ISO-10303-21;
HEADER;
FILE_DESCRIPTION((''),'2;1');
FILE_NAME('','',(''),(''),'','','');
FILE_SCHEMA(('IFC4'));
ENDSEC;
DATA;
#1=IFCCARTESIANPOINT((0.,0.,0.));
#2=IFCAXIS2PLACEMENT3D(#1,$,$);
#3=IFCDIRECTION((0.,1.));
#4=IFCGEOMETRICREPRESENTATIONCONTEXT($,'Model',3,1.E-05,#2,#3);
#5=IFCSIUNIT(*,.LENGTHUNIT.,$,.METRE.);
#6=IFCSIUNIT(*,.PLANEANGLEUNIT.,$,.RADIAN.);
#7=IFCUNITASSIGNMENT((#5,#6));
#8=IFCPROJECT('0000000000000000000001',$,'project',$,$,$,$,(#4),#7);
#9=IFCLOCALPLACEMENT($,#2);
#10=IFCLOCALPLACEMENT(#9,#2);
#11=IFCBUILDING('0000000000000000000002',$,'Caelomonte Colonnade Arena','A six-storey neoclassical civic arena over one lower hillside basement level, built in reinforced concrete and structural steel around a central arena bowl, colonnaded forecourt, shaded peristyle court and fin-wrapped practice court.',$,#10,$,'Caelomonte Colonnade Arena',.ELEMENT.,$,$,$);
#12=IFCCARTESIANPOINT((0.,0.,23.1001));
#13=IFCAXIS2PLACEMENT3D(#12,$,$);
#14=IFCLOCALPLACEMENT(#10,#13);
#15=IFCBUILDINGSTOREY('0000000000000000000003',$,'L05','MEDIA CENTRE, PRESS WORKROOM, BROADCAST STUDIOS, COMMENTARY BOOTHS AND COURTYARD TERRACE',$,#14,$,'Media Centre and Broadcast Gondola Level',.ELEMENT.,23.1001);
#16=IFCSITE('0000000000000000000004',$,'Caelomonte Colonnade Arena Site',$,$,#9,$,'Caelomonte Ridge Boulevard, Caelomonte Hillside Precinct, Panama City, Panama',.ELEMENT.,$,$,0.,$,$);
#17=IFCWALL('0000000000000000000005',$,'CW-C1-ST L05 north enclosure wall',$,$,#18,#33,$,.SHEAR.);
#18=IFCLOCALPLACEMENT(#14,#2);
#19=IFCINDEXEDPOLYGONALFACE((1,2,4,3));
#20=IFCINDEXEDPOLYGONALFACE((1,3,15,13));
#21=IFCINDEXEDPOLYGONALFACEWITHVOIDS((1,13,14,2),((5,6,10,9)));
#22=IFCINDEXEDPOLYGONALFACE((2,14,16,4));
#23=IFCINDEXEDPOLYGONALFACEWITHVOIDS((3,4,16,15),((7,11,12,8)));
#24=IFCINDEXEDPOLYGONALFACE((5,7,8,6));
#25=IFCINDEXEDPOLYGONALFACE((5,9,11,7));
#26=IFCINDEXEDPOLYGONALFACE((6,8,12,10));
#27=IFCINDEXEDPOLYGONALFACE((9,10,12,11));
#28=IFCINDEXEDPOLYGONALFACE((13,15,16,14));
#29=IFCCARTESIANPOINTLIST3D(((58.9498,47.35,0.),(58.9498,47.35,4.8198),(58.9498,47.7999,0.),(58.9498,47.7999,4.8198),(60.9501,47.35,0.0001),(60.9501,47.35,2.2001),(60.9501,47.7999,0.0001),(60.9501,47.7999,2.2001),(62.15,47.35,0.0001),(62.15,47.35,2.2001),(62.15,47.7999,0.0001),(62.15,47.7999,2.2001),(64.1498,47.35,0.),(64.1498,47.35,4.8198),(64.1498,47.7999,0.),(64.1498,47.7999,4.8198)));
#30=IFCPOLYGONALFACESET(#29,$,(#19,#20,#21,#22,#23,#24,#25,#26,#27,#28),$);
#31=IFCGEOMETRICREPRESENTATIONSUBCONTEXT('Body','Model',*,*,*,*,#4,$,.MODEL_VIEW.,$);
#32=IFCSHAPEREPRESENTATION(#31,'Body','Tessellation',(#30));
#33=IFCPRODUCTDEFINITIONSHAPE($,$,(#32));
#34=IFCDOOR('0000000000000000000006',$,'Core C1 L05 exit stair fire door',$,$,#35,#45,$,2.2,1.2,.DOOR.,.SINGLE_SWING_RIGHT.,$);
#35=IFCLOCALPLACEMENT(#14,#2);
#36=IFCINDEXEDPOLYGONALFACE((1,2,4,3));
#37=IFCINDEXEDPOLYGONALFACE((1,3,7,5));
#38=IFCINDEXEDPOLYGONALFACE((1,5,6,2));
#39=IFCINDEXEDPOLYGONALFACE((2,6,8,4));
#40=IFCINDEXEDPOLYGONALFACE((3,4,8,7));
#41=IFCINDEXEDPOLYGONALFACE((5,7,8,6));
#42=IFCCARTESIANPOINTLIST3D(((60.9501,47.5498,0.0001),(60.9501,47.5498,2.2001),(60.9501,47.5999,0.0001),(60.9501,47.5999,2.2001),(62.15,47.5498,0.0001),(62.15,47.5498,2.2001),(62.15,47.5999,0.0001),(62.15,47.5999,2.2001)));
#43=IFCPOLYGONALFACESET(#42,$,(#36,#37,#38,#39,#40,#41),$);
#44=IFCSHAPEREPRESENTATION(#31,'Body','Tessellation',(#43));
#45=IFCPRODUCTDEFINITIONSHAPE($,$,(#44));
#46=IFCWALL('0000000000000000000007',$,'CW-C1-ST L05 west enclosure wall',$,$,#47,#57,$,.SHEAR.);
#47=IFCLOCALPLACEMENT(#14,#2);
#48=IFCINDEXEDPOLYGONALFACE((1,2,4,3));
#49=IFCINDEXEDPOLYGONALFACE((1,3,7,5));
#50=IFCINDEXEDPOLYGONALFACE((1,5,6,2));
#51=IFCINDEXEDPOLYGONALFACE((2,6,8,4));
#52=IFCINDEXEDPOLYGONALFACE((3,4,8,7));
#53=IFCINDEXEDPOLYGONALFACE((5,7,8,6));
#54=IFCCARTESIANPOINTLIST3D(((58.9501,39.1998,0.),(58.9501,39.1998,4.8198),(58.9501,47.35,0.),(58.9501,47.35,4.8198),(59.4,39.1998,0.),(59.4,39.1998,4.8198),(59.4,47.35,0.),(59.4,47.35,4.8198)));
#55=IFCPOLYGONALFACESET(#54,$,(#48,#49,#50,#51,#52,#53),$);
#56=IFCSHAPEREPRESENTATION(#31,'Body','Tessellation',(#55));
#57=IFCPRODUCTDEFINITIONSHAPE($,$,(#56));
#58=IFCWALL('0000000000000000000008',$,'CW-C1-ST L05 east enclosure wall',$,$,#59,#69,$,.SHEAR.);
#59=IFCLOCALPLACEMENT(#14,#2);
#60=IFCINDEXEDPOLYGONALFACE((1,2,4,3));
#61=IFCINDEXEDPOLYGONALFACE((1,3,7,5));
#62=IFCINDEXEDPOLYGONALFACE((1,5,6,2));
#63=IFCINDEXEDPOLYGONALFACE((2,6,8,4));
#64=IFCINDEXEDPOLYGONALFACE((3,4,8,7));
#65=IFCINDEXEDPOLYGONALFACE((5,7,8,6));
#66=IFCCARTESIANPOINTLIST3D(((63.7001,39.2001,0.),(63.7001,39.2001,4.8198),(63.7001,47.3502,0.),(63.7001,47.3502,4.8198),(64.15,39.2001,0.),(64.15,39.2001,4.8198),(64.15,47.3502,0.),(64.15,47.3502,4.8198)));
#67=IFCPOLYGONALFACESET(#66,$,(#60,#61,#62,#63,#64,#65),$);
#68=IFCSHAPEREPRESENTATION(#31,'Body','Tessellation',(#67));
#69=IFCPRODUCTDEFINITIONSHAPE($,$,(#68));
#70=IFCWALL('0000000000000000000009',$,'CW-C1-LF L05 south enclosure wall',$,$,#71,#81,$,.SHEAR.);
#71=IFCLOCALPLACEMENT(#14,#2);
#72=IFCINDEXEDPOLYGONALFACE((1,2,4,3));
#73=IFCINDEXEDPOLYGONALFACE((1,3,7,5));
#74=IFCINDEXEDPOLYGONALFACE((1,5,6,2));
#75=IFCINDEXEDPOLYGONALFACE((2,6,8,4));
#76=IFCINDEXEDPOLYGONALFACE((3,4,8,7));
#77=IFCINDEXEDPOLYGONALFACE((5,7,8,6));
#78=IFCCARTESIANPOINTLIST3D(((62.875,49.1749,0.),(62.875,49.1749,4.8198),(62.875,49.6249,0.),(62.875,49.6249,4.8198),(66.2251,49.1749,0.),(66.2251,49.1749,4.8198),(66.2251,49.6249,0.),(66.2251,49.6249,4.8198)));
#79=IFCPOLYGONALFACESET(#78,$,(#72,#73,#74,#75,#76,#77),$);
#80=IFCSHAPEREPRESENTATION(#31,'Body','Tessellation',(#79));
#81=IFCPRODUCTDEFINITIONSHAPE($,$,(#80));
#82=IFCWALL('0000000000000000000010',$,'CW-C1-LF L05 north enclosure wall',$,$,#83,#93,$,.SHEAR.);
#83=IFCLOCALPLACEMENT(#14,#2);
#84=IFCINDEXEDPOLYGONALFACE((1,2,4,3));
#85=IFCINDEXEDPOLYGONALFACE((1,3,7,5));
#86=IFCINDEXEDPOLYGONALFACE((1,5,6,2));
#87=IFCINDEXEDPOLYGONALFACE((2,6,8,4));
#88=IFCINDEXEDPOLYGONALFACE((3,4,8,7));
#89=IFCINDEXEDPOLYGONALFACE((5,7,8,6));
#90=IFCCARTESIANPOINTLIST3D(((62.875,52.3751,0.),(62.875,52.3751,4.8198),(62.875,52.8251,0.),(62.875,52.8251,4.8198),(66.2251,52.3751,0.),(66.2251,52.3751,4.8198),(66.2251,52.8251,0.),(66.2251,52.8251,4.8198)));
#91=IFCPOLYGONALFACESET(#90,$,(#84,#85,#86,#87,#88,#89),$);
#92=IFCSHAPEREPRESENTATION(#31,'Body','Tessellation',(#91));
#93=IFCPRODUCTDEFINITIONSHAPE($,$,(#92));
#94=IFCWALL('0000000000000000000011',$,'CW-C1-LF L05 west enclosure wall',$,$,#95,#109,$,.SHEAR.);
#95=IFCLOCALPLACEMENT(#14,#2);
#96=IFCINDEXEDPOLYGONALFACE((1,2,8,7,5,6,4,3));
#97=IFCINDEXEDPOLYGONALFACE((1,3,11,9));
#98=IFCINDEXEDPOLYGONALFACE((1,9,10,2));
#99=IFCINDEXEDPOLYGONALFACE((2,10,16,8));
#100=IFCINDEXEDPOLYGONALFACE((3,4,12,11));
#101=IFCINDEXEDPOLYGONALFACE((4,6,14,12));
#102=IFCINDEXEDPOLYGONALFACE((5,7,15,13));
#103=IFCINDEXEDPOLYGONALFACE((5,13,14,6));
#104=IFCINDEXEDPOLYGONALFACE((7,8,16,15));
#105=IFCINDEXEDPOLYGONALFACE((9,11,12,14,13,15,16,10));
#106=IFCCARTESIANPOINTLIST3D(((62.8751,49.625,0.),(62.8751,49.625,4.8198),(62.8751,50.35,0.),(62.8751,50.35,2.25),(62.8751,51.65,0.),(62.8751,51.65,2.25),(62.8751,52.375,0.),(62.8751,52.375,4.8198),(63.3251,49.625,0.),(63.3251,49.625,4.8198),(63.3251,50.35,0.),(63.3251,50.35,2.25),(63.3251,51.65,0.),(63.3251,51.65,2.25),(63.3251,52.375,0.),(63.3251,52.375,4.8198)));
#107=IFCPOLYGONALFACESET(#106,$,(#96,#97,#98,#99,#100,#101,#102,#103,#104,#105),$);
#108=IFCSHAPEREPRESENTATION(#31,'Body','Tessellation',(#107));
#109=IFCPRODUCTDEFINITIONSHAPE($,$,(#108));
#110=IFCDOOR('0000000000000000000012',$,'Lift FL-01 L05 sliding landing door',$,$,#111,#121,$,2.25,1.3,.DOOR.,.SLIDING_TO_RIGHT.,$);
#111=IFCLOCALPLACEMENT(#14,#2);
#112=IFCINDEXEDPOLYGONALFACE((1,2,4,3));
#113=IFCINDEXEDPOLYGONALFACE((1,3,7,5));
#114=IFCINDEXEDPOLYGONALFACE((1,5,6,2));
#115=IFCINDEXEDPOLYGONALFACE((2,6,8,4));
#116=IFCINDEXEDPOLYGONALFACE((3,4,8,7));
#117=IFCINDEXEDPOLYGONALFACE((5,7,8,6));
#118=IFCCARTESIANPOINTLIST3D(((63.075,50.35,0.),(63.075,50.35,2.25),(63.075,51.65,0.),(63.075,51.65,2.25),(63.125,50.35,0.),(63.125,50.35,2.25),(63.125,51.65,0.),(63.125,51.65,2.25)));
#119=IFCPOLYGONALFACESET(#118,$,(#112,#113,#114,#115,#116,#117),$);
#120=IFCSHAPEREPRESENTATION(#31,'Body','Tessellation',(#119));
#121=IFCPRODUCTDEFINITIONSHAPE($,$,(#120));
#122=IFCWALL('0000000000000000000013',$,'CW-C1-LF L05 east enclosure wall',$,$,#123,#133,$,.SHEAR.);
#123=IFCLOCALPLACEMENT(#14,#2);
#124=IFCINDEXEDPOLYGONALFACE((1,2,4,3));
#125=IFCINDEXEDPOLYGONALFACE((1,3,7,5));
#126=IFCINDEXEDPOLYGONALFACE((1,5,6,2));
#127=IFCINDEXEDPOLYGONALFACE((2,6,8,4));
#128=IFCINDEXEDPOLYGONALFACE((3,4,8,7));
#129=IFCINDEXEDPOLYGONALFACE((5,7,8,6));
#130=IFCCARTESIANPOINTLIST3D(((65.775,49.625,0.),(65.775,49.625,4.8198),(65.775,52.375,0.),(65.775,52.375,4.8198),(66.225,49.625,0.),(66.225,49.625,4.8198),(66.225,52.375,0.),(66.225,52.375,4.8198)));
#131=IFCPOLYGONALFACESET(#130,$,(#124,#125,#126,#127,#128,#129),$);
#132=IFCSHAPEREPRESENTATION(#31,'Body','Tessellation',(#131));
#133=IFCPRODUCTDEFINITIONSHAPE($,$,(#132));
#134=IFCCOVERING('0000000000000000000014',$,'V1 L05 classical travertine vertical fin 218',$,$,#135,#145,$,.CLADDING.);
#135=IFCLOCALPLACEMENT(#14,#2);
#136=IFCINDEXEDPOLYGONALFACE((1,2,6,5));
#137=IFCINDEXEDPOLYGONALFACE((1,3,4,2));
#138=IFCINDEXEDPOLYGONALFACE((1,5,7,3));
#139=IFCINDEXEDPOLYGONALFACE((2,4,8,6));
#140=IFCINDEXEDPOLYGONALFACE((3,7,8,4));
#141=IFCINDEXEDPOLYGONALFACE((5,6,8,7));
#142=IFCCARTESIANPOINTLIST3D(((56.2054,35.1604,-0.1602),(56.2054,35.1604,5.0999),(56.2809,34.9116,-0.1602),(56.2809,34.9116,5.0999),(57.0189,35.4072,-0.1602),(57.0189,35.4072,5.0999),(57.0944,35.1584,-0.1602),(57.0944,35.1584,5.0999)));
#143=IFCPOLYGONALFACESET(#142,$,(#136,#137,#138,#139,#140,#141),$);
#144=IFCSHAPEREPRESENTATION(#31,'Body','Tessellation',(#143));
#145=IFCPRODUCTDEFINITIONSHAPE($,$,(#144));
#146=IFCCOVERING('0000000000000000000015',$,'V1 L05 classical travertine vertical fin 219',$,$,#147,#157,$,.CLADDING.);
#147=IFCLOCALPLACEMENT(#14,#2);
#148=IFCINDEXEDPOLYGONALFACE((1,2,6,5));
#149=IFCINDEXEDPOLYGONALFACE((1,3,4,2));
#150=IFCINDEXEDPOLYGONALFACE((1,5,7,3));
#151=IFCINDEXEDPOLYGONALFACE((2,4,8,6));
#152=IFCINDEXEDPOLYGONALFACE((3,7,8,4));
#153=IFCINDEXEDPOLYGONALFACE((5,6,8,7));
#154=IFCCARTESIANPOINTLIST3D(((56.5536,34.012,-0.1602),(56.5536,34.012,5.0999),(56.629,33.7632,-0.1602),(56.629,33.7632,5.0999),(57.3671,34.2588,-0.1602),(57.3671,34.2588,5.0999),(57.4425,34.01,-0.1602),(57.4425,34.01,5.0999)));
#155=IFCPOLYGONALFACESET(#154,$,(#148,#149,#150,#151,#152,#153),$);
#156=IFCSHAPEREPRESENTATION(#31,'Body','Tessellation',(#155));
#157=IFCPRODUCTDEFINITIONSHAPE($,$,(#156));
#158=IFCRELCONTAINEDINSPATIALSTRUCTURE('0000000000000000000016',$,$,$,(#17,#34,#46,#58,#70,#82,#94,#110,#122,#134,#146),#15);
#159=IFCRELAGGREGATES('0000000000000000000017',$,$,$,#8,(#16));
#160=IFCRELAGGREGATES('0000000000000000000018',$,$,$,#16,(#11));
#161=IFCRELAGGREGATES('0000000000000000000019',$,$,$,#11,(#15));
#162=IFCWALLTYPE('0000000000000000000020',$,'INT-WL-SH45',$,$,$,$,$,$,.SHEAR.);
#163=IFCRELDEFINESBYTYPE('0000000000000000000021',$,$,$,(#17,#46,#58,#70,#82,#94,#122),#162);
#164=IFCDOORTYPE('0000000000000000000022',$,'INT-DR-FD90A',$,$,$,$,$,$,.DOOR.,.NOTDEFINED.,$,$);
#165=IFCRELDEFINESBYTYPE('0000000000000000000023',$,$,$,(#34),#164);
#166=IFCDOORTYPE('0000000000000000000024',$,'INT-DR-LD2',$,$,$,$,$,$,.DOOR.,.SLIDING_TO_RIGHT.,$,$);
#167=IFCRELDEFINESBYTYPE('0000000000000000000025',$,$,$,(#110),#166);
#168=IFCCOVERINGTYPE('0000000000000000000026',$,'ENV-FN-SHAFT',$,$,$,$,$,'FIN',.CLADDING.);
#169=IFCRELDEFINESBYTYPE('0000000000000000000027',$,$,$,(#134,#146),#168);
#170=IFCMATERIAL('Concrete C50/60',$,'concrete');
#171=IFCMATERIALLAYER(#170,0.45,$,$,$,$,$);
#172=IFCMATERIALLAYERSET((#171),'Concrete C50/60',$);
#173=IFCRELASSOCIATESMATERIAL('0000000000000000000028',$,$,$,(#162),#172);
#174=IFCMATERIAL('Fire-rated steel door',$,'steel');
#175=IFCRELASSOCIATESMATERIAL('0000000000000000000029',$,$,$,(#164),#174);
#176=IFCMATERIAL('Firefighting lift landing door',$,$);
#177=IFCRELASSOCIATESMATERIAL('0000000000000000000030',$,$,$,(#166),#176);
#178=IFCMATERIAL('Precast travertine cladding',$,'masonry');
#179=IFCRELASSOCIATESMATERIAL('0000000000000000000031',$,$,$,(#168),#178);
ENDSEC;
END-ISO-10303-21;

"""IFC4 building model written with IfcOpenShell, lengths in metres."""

from ifc_helpers import new_model, si_unit, direction, frame, frame_2d, origin, origin_2d, place, context, subcontext, project, spatial, rectangle, extrude, material, layer, layer_set, material_profile, profile_set, type_object, element, fill, save


model = new_model("IFC4")

# Units and contexts
model_context = context("Model", 3, precision=1e-05, world=origin(), true_north=direction((0.0, 1.0)))
body_context = subcontext(model_context, "Body", "Model", "MODEL_VIEW")
ifc_project = project(units=[si_unit("LENGTHUNIT", "METRE"), si_unit("PLANEANGLEUNIT", "RADIAN")], contexts=[model_context])

# Site, building, storey
site_placement = place(None, origin())
site = spatial("IfcSite", under=ifc_project, at=site_placement, Name="Caelomonte Colonnade Arena Site", LongName="Caelomonte Ridge Boulevard, Caelomonte Hillside Precinct, Panama City, Panama", CompositionType="ELEMENT", RefElevation=0.0)
building_placement = place(site_placement, origin())
building = spatial("IfcBuilding", under=site, at=building_placement, Name="Caelomonte Colonnade Arena", Description="A six-storey neoclassical civic arena over one lower hillside basement level, built in reinforced concrete and structural steel around a central arena bowl, colonnaded forecourt, shaded peristyle court and fin-wrapped practice court.", LongName="Caelomonte Colonnade Arena", CompositionType="ELEMENT")
storey_placement = place(building_placement, frame((0.0, 0.0, 23.1001)))
storey = spatial("IfcBuildingStorey", under=building, at=storey_placement, Name="L05", Description="MEDIA CENTRE, PRESS WORKROOM, BROADCAST STUDIOS, COMMENTARY BOOTHS AND COURTYARD TERRACE", LongName="Media Centre and Broadcast Gondola Level", CompositionType="ELEMENT", Elevation=23.1001)

# Shared definitions
ifc_material_1 = material(Name="Concrete C50/60", Category="concrete")
ifc_layer_1 = layer(ifc_material_1, 0.45)
ifc_layer_set_1 = layer_set([ifc_layer_1], Name="Concrete C50/60")
wall_type_1 = type_object("IfcWallType", Name="INT-WL-SH45", PredefinedType="SHEAR", material=ifc_layer_set_1)

# Wall, opening, door
wall_1_placement = place(storey_placement, frame((64.1499, 47.575, 0.0), z_axis=(0.0, 0.0, 1.0), x_axis=(-1.0, 0.0, 0.0)))
wall_1 = element("IfcWall", 1, at=wall_1_placement, inside=storey, type_object=wall_type_1, Name="CW-C1-ST L05 north enclosure wall", PredefinedType="SHEAR", context=body_context, shape_type="SweptSolid", body=[
    extrude(rectangle(XDim=5.2, YDim=0.45, at=frame_2d((2.6001, 0.0))), origin(), (0.0, 0.0, 1.0), 4.8198),
])
opening_1_placement = place(wall_1_placement, frame((3.2, 0.0, 0.0), z_axis=(0.0, 0.0, 1.0), x_axis=(-1.0, 0.0, 0.0)))
opening_1 = element("IfcOpeningElement", 2, at=opening_1_placement, cuts=wall_1, PredefinedType="OPENING", context=body_context, shape_type="SweptSolid", body=[
    extrude(rectangle(XDim=1.2, YDim=2.2, at=frame_2d((0.6001, 1.1001))), frame((0.0, 0.2349, 0.0), z_axis=(0.0, -1.0, 0.0), x_axis=(1.0, 0.0, 0.0)), (0.0, 0.0, 1.0), 0.47),
])
ifc_material_2 = material(Name="Fire-rated steel door", Category="steel")
door_type_1 = type_object("IfcDoorType", Name="INT-DR-FD90A", OperationType="NOTDEFINED", PredefinedType="DOOR", material=ifc_material_2)
door_1_placement = place(opening_1_placement, origin())
door_1 = element("IfcDoor", 3, at=door_1_placement, inside=storey, type_object=door_type_1, Name="Core C1 L05 exit stair fire door", OperationType="SINGLE_SWING_RIGHT", OverallHeight=2.2, OverallWidth=1.2, PredefinedType="DOOR", context=body_context, shape_type="SweptSolid", body=[
    extrude(rectangle(XDim=1.2, YDim=2.2, at=frame_2d((0.6001, 1.1001))), frame((0.0, 0.0249, 0.0), z_axis=(0.0, -1.0, 0.0), x_axis=(1.0, 0.0, 0.0)), (0.0, 0.0, 1.0), 0.05),
])
fill(opening_1, door_1)

# Walls
for number, where, z_axis, x_axis, name in (
    (4, (59.175, 47.3501, 0.0), (0.0, 0.0, 1.0), (0.0, -1.0, 0.0), "CW-C1-ST L05 west enclosure wall"),
    (5, (63.925, 39.2, 0.0), (0.0, 0.0, 1.0), (0.0, 1.0, 0.0), "CW-C1-ST L05 east enclosure wall"),
):
    element("IfcWall", number, at=place(storey_placement, frame(where, z_axis=z_axis, x_axis=x_axis)), inside=storey, type_object=wall_type_1, Name=name, PredefinedType="SHEAR", context=body_context, shape_type="SweptSolid", body=[
        extrude(rectangle(XDim=8.1501, YDim=0.45, at=frame_2d((4.0752, 0.0))), origin(), (0.0, 0.0, 1.0), 4.8198),
    ])
for number, where, z_axis, x_axis, name in (
    (6, (62.875, 49.3999, 0.0), (0.0, 0.0, 1.0), (1.0, 0.0, 0.0), "CW-C1-LF L05 south enclosure wall"),
    (7, (66.2251, 52.6001, 0.0), (0.0, 0.0, 1.0), (-1.0, 0.0, 0.0), "CW-C1-LF L05 north enclosure wall"),
):
    element("IfcWall", number, at=place(storey_placement, frame(where, z_axis=z_axis, x_axis=x_axis)), inside=storey, type_object=wall_type_1, Name=name, PredefinedType="SHEAR", context=body_context, shape_type="SweptSolid", body=[
        extrude(rectangle(XDim=3.3501, YDim=0.45, at=frame_2d((1.675, 0.0))), origin(), (0.0, 0.0, 1.0), 4.8198),
    ])

# Wall, opening, door
wall_2_placement = place(storey_placement, frame((63.1001, 52.375, 0.0), z_axis=(0.0, 0.0, 1.0), x_axis=(0.0, -1.0, 0.0)))
wall_2 = element("IfcWall", 8, at=wall_2_placement, inside=storey, type_object=wall_type_1, Name="CW-C1-LF L05 west enclosure wall", PredefinedType="SHEAR", context=body_context, shape_type="SweptSolid", body=[
    extrude(rectangle(XDim=2.75, YDim=0.45, at=frame_2d((1.375, 0.0))), origin(), (0.0, 0.0, 1.0), 4.8198),
])
opening_2_placement = place(wall_2_placement, frame((0.7251, 0.0, 0.0), z_axis=(0.0, 0.0, 1.0), x_axis=(1.0, 0.0, 0.0)))
opening_2 = element("IfcOpeningElement", 9, at=opening_2_placement, cuts=wall_2, PredefinedType="OPENING", context=body_context, shape_type="SweptSolid", body=[
    extrude(rectangle(XDim=1.3, YDim=2.25, at=frame_2d((0.6499, 1.125))), frame((0.0, 0.2349, 0.0), z_axis=(0.0, -1.0, 0.0), x_axis=(1.0, 0.0, 0.0)), (0.0, 0.0, 1.0), 0.47),
])
ifc_material_3 = material(Name="Firefighting lift landing door")
door_type_2 = type_object("IfcDoorType", Name="INT-DR-LD2", OperationType="SLIDING_TO_RIGHT", PredefinedType="DOOR", material=ifc_material_3)
door_2_placement = place(opening_2_placement, origin())
door_2 = element("IfcDoor", 10, at=door_2_placement, inside=storey, type_object=door_type_2, Name="Lift FL-01 L05 sliding landing door", OperationType="SLIDING_TO_RIGHT", OverallHeight=2.25, OverallWidth=1.3, PredefinedType="DOOR", context=body_context, shape_type="SweptSolid", body=[
    extrude(rectangle(XDim=1.3, YDim=2.25, at=frame_2d((0.6499, 1.125))), frame((0.0, 0.0249, 0.0), z_axis=(0.0, -1.0, 0.0), x_axis=(1.0, 0.0, 0.0)), (0.0, 0.0, 1.0), 0.05),
])
fill(opening_2, door_2)

# Wall
wall_3_placement = place(storey_placement, frame((66.0, 49.625, 0.0), z_axis=(0.0, 0.0, 1.0), x_axis=(0.0, 1.0, 0.0)))
element("IfcWall", 11, at=wall_3_placement, inside=storey, type_object=wall_type_1, Name="CW-C1-LF L05 east enclosure wall", PredefinedType="SHEAR", context=body_context, shape_type="SweptSolid", body=[
    extrude(rectangle(XDim=2.75, YDim=0.45, at=frame_2d((1.375, 0.0))), origin(), (0.0, 0.0, 1.0), 4.8198),
])

# Coverings
ifc_material_4 = material(Name="Precast travertine cladding", Category="masonry")
ifc_material_profile_1 = material_profile(ifc_material_4, rectangle(XDim=0.26, YDim=0.8501, at=origin_2d()), Name="FIN260X850")
ifc_profile_set_1 = profile_set([ifc_material_profile_1], Name="Precast travertine cladding")
covering_type = type_object("IfcCoveringType", Name="ENV-FN-SHAFT", ElementType="FIN", PredefinedType="CLADDING", material=ifc_profile_set_1)
for number, where, z_axis, x_axis, name in (
    (12, (56.6499, 35.1594, -0.1602), (0.0, 0.0, 1.0), (-0.290276, 0.956943, 0.0), "V1 L05 classical travertine vertical fin 218"),
    (13, (56.998, 34.011, -0.1602), (0.0, 0.0, 1.0), (-0.290276, 0.956943, 0.0), "V1 L05 classical travertine vertical fin 219"),
):
    element("IfcCovering", number, at=place(storey_placement, frame(where, z_axis=z_axis, x_axis=x_axis)), inside=storey, type_object=covering_type, Name=name, PredefinedType="CLADDING", context=body_context, shape_type="SweptSolid", body=[
        extrude(rectangle(XDim=0.26, YDim=0.8501, at=origin_2d()), origin(), (0.0, 0.0, 1.0), 5.26),
    ])

save(model, "model.ifc")
